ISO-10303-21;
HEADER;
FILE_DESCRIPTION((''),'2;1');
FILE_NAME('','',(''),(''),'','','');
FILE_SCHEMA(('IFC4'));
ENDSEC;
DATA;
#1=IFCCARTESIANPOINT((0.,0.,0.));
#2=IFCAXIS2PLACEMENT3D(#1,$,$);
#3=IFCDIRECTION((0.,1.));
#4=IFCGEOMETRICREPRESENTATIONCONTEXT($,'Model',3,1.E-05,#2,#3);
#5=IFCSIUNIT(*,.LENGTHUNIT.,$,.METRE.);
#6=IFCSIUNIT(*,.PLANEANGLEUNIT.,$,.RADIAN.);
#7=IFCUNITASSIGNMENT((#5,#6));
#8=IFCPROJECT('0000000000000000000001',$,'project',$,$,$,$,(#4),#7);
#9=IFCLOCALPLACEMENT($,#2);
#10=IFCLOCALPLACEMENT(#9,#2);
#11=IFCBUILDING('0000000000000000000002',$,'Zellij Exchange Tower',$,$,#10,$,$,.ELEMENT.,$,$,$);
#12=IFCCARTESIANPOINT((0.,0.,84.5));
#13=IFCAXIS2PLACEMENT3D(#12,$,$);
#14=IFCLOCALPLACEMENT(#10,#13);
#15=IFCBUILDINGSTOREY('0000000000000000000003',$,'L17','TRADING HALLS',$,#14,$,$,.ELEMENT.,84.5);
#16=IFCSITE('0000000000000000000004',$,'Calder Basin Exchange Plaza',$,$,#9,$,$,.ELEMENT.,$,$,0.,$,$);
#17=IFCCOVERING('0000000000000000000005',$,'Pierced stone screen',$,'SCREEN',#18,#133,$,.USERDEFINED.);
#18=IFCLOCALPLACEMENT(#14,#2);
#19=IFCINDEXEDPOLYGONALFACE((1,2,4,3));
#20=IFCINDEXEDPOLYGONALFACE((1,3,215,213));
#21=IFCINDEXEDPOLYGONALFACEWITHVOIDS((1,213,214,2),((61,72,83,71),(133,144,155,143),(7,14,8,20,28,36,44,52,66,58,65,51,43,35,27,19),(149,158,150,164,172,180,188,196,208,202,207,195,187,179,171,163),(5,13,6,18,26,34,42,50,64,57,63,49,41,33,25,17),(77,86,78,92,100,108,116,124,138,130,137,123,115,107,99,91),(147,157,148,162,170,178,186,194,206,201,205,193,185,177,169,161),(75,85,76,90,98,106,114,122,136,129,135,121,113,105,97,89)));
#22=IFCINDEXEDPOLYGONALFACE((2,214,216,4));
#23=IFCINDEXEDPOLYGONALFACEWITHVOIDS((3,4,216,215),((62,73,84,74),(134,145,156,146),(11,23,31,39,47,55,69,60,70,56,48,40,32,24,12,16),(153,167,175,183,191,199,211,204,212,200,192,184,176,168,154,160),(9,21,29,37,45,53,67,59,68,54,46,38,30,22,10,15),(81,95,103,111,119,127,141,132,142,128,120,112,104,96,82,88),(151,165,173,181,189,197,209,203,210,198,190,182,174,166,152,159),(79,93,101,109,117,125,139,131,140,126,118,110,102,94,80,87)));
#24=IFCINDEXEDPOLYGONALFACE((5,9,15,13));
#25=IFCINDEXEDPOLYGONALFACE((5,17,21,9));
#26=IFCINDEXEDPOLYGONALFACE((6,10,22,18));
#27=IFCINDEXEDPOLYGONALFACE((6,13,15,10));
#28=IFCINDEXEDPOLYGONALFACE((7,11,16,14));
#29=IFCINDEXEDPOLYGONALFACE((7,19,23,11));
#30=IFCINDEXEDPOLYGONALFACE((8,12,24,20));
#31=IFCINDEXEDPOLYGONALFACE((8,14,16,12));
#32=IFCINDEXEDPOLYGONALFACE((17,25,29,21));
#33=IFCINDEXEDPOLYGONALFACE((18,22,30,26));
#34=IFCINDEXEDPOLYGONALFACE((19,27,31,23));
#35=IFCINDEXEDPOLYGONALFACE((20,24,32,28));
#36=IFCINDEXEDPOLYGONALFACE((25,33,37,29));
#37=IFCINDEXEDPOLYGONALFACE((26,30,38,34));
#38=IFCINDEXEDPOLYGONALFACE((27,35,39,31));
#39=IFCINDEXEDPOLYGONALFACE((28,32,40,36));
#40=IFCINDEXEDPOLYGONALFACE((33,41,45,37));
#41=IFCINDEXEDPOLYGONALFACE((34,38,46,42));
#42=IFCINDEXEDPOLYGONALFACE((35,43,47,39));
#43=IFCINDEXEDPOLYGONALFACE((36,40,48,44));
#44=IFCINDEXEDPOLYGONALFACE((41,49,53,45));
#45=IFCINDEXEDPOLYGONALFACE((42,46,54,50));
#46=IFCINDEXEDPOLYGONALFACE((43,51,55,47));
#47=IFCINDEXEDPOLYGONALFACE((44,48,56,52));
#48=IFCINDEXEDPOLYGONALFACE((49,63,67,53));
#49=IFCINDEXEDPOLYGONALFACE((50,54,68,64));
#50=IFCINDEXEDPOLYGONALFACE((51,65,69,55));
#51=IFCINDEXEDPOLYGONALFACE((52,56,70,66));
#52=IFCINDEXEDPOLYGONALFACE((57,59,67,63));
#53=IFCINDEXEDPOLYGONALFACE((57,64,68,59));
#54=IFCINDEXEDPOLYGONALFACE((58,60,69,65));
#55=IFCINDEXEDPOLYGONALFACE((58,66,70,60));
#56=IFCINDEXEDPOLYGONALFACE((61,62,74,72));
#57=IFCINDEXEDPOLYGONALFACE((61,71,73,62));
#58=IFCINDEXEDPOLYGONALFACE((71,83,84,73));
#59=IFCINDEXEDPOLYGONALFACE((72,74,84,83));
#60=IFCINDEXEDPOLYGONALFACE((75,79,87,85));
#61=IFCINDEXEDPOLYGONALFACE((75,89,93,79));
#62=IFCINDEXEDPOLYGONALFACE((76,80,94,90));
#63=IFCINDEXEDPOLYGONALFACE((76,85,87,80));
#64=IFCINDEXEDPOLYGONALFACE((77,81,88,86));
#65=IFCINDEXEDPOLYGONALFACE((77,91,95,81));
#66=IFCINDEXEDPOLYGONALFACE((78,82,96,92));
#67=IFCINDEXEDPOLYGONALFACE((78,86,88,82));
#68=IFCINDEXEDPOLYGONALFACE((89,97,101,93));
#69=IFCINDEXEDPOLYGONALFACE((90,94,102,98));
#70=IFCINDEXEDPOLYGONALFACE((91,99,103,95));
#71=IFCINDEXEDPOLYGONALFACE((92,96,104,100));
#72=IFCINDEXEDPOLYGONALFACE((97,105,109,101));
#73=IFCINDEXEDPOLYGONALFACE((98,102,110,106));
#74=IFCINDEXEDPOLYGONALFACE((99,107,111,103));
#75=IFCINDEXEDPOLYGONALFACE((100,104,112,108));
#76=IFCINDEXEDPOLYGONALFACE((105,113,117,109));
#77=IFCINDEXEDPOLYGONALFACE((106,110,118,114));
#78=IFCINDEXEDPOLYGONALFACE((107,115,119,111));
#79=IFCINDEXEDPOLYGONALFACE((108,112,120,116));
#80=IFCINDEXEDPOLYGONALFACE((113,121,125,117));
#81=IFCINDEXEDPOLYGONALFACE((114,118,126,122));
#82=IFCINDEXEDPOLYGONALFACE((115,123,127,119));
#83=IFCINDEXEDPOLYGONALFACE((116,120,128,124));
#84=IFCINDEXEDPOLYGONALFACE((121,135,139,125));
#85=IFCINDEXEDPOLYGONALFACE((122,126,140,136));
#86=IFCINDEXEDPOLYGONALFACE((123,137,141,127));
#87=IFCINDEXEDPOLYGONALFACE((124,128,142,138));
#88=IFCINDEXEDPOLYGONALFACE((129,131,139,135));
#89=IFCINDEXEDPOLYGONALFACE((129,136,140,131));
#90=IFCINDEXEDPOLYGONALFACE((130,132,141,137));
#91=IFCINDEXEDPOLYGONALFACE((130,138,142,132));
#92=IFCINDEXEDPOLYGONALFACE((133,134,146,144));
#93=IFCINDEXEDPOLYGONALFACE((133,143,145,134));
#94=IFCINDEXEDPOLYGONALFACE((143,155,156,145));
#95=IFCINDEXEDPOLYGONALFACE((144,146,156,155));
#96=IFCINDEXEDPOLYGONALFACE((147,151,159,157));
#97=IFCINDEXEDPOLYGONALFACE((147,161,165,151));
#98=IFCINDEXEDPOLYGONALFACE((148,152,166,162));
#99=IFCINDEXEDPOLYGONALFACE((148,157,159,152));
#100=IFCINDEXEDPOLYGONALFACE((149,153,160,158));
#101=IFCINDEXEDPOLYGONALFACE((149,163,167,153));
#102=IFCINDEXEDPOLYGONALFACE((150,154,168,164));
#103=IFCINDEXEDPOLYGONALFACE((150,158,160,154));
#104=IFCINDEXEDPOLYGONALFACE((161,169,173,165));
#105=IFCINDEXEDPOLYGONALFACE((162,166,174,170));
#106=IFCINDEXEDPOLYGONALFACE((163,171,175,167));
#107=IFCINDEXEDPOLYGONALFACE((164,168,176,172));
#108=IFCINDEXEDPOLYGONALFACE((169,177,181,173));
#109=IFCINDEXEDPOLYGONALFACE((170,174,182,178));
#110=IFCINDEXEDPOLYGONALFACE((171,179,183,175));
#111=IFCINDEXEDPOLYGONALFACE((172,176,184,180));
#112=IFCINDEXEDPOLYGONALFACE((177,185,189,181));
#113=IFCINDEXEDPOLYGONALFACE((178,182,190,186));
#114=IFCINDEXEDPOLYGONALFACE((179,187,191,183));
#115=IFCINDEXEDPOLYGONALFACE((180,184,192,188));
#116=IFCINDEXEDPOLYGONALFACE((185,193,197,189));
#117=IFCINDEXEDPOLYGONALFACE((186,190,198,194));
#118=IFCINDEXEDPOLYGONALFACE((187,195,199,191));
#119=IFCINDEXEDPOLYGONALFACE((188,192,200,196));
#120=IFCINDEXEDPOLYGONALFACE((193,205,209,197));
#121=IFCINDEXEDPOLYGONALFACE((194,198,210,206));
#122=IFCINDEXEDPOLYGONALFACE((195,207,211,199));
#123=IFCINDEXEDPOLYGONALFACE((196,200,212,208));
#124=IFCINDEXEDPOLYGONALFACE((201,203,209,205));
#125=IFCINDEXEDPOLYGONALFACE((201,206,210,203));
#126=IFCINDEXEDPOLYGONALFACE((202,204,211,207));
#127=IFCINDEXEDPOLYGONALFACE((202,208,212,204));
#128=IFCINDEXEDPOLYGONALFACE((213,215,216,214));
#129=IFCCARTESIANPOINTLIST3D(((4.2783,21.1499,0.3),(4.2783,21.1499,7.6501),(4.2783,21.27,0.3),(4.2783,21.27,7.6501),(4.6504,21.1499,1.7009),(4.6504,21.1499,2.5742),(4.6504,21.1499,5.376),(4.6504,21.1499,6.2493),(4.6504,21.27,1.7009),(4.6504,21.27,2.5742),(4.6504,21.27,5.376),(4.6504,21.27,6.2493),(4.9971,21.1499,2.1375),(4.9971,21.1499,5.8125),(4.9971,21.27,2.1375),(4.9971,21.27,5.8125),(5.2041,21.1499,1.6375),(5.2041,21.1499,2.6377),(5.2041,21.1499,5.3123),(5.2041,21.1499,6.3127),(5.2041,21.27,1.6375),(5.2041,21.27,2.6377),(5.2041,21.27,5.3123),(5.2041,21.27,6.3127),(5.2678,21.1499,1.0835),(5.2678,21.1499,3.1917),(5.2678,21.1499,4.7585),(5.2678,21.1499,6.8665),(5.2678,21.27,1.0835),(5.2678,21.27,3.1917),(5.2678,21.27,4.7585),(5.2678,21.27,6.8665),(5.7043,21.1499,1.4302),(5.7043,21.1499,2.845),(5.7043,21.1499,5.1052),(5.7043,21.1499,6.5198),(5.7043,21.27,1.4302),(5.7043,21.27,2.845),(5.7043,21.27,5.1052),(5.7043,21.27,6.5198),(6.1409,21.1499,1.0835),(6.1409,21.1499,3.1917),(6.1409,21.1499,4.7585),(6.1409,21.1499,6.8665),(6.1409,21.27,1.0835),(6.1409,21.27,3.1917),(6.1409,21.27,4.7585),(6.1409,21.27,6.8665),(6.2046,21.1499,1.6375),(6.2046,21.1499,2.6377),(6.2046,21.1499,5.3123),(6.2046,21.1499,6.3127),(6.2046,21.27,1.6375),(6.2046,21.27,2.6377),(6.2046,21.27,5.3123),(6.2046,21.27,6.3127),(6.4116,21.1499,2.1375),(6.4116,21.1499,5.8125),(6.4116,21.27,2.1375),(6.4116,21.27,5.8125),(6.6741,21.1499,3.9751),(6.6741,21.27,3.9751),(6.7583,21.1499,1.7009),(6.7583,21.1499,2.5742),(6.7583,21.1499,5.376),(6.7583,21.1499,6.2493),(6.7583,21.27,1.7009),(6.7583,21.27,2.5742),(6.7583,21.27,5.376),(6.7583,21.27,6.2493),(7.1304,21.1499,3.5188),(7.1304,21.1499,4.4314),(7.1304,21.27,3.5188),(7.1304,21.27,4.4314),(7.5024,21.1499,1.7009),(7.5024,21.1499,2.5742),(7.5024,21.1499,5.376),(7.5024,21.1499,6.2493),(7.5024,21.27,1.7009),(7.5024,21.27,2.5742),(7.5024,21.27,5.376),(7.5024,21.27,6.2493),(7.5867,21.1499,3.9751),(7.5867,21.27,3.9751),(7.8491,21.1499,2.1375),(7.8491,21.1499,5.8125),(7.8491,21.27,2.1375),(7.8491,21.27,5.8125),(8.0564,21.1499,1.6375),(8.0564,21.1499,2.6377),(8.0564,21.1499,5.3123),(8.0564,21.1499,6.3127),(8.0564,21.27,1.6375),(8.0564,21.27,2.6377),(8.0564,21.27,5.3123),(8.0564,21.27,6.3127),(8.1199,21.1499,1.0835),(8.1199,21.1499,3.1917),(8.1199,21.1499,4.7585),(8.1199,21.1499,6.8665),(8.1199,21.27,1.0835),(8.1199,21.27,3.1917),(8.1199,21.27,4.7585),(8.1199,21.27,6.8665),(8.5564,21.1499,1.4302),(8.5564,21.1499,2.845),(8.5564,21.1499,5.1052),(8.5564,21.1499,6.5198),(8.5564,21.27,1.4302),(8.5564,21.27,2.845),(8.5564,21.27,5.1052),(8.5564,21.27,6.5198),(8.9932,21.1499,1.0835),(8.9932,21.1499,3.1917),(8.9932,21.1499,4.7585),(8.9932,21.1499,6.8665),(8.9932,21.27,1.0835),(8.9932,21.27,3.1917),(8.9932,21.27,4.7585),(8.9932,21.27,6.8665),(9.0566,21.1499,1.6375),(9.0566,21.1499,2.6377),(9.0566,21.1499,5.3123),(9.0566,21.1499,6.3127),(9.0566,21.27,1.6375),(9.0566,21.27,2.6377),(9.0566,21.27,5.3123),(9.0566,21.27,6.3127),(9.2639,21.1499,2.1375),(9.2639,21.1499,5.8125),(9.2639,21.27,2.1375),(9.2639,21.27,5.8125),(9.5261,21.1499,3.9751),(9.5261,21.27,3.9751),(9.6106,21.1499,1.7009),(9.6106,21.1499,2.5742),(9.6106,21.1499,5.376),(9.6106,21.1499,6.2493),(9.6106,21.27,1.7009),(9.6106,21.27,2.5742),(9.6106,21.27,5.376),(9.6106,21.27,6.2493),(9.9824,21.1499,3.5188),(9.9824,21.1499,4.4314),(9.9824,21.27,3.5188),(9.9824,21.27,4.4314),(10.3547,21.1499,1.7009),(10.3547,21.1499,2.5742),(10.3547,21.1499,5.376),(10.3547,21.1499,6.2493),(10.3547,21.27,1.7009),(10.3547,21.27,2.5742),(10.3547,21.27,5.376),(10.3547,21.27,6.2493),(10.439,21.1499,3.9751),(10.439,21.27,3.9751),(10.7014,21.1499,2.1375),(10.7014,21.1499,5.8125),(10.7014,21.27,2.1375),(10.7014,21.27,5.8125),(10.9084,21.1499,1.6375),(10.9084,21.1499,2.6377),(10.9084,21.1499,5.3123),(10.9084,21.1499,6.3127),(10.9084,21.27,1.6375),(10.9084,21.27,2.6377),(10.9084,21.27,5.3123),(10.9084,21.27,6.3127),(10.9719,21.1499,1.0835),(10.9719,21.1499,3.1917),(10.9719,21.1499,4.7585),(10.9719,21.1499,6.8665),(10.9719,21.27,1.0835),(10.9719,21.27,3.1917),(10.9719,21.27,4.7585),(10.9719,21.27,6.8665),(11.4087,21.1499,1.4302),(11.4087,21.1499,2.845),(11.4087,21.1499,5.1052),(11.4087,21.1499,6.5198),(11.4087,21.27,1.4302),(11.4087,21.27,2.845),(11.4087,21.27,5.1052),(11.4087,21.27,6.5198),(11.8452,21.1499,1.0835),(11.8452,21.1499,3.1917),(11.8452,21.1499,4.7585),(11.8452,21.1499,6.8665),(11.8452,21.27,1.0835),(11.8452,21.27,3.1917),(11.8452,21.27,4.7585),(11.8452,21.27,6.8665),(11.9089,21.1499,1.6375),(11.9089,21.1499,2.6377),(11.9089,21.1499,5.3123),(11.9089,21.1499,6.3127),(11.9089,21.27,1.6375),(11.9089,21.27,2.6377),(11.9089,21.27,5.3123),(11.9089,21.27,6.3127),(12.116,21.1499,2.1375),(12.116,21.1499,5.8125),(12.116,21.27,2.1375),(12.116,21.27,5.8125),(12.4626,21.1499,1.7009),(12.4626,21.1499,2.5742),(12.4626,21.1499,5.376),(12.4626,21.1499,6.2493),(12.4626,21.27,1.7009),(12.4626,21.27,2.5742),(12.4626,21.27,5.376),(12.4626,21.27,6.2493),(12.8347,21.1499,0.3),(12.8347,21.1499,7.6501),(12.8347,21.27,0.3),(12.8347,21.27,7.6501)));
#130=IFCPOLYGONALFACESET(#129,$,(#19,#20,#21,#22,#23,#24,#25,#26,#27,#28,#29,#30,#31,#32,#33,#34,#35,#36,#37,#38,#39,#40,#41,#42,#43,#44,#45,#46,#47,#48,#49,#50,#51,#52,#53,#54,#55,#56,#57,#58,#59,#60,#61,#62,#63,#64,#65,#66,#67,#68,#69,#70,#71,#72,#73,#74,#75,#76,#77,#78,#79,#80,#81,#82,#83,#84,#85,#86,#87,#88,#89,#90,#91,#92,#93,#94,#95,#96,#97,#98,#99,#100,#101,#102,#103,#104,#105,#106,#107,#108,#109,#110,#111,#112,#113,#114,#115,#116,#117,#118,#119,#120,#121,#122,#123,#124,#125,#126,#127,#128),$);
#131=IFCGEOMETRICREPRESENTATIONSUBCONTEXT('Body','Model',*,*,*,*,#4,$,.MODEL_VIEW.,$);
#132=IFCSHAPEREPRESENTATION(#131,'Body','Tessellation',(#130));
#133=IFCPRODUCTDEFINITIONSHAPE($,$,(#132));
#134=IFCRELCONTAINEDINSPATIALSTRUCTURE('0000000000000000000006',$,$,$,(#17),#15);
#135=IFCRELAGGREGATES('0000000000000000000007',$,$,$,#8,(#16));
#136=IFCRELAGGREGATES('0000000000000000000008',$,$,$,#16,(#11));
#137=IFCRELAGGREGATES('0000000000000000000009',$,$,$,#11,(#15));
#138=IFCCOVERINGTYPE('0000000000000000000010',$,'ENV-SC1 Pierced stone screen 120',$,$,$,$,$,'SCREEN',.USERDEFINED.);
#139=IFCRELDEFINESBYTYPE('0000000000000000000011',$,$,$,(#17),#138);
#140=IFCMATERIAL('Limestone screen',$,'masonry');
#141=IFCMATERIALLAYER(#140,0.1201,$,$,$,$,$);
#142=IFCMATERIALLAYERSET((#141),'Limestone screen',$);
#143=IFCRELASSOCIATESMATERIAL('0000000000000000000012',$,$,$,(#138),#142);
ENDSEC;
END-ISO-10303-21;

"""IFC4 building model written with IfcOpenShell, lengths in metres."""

from ifc_helpers import new_model, si_unit, direction, frame, origin, place, context, subcontext, project, spatial, polyline, outline, extrude, material, layer, layer_set, type_object, element, save


model = new_model("IFC4")

# Units and contexts
model_context = context("Model", 3, precision=1e-05, world=origin(), true_north=direction((0.0, 1.0)))
body_context = subcontext(model_context, "Body", "Model", "MODEL_VIEW")
ifc_project = project(units=[si_unit("LENGTHUNIT", "METRE"), si_unit("PLANEANGLEUNIT", "RADIAN")], contexts=[model_context])

# Site, building, storey
site_placement = place(None, origin())
site = spatial("IfcSite", under=ifc_project, at=site_placement, Name="Calder Basin Exchange Plaza", CompositionType="ELEMENT", RefElevation=0.0)
building_placement = place(site_placement, origin())
building = spatial("IfcBuilding", under=site, at=building_placement, Name="Zellij Exchange Tower", CompositionType="ELEMENT")
storey_placement = place(building_placement, frame((0.0, 0.0, 84.5)))
storey = spatial("IfcBuildingStorey", under=building, at=storey_placement, Name="L17", Description="TRADING HALLS", CompositionType="ELEMENT", Elevation=84.5)

# Covering
ifc_material_1 = material(Name="Limestone screen", Category="masonry")
ifc_layer_1 = layer(ifc_material_1, 0.1201)
ifc_layer_set_1 = layer_set([ifc_layer_1], Name="Limestone screen")
covering_type_1 = type_object("IfcCoveringType", Name="ENV-SC1 Pierced stone screen 120", ElementType="SCREEN", PredefinedType="USERDEFINED", material=ifc_layer_set_1)
covering_1_placement = place(storey_placement, frame((12.8347, 21.21, 0.3), z_axis=(0.0, 0.0, 1.0), x_axis=(-1.0, 0.0, 0.0)))
element("IfcCovering", 1, at=covering_1_placement, inside=storey, type_object=covering_type_1, Name="Pierced stone screen", ObjectType="SCREEN", PredefinedType="USERDEFINED", context=body_context, shape_type="SweptSolid", body=[
    extrude(outline(polyline([(0.0, 0.0), (8.5564, 0.0), (8.5564, 7.3501), (0.0, 7.3501), (0.0, 0.0)]), holes=[polyline([(2.48, 2.2742), (1.9263, 2.3376), (1.8628, 2.8916), (1.426, 2.5449), (0.9895, 2.8916), (0.9258, 2.3376), (0.3721, 2.2742), (0.7188, 1.8374), (0.3721, 1.4009), (0.9258, 1.3374), (0.9895, 0.7834), (1.426, 1.1301), (1.8628, 0.7834), (1.9263, 1.3374), (2.48, 1.4009), (2.1333, 1.8374), (2.48, 2.2742)]), polyline([(2.48, 5.9492), (1.9263, 6.0127), (1.8628, 6.5664), (1.426, 6.2197), (0.9895, 6.5664), (0.9258, 6.0127), (0.3721, 5.9492), (0.7188, 5.5125), (0.3721, 5.0759), (0.9258, 5.0122), (0.9895, 4.4585), (1.426, 4.8052), (1.8628, 4.4585), (1.9263, 5.0122), (2.48, 5.0759), (2.1333, 5.5125), (2.48, 5.9492)]), polyline([(5.3323, 2.2742), (4.7783, 2.3376), (4.7148, 2.8916), (4.2783, 2.5449), (3.8416, 2.8916), (3.7781, 2.3376), (3.2241, 2.2742), (3.5708, 1.8374), (3.2241, 1.4009), (3.7781, 1.3374), (3.8416, 0.7834), (4.2783, 1.1301), (4.7148, 0.7834), (4.7783, 1.3374), (5.3323, 1.4009), (4.9856, 1.8374), (5.3323, 2.2742)]), polyline([(5.3323, 5.9492), (4.7783, 6.0127), (4.7148, 6.5664), (4.2783, 6.2197), (3.8416, 6.5664), (3.7781, 6.0127), (3.2241, 5.9492), (3.5708, 5.5125), (3.2241, 5.0759), (3.7781, 5.0122), (3.8416, 4.4585), (4.2783, 4.8052), (4.7148, 4.4585), (4.7783, 5.0122), (5.3323, 5.0759), (4.9856, 5.5125), (5.3323, 5.9492)]), polyline([(8.1843, 2.2742), (7.6306, 2.3376), (7.5669, 2.8916), (7.1304, 2.5449), (6.6938, 2.8916), (6.6301, 2.3376), (6.0764, 2.2742), (6.4231, 1.8374), (6.0764, 1.4009), (6.6301, 1.3374), (6.6938, 0.7834), (7.1304, 1.1301), (7.5669, 0.7834), (7.6306, 1.3374), (8.1843, 1.4009), (7.8376, 1.8374), (8.1843, 2.2742)]), polyline([(8.1843, 5.9492), (7.6306, 6.0127), (7.5669, 6.5664), (7.1304, 6.2197), (6.6938, 6.5664), (6.6301, 6.0127), (6.0764, 5.9492), (6.4231, 5.5125), (6.0764, 5.0759), (6.6301, 5.0122), (6.6938, 4.4585), (7.1304, 4.8052), (7.5669, 4.4585), (7.6306, 5.0122), (8.1843, 5.0759), (7.8376, 5.5125), (8.1843, 5.9492)]), polyline([(3.3086, 3.675), (2.8523, 4.1313), (2.3958, 3.675), (2.8523, 3.2188), (3.3086, 3.675)]), polyline([(6.1606, 3.675), (5.7043, 4.1313), (5.248, 3.675), (5.7043, 3.2188), (6.1606, 3.675)])]), frame((0.0, 0.0601, 0.0), z_axis=(0.0, -1.0, 0.0), x_axis=(1.0, 0.0, 0.0)), (0.0, 0.0, 1.0), 0.1201),
])

save(model, "model.ifc")
